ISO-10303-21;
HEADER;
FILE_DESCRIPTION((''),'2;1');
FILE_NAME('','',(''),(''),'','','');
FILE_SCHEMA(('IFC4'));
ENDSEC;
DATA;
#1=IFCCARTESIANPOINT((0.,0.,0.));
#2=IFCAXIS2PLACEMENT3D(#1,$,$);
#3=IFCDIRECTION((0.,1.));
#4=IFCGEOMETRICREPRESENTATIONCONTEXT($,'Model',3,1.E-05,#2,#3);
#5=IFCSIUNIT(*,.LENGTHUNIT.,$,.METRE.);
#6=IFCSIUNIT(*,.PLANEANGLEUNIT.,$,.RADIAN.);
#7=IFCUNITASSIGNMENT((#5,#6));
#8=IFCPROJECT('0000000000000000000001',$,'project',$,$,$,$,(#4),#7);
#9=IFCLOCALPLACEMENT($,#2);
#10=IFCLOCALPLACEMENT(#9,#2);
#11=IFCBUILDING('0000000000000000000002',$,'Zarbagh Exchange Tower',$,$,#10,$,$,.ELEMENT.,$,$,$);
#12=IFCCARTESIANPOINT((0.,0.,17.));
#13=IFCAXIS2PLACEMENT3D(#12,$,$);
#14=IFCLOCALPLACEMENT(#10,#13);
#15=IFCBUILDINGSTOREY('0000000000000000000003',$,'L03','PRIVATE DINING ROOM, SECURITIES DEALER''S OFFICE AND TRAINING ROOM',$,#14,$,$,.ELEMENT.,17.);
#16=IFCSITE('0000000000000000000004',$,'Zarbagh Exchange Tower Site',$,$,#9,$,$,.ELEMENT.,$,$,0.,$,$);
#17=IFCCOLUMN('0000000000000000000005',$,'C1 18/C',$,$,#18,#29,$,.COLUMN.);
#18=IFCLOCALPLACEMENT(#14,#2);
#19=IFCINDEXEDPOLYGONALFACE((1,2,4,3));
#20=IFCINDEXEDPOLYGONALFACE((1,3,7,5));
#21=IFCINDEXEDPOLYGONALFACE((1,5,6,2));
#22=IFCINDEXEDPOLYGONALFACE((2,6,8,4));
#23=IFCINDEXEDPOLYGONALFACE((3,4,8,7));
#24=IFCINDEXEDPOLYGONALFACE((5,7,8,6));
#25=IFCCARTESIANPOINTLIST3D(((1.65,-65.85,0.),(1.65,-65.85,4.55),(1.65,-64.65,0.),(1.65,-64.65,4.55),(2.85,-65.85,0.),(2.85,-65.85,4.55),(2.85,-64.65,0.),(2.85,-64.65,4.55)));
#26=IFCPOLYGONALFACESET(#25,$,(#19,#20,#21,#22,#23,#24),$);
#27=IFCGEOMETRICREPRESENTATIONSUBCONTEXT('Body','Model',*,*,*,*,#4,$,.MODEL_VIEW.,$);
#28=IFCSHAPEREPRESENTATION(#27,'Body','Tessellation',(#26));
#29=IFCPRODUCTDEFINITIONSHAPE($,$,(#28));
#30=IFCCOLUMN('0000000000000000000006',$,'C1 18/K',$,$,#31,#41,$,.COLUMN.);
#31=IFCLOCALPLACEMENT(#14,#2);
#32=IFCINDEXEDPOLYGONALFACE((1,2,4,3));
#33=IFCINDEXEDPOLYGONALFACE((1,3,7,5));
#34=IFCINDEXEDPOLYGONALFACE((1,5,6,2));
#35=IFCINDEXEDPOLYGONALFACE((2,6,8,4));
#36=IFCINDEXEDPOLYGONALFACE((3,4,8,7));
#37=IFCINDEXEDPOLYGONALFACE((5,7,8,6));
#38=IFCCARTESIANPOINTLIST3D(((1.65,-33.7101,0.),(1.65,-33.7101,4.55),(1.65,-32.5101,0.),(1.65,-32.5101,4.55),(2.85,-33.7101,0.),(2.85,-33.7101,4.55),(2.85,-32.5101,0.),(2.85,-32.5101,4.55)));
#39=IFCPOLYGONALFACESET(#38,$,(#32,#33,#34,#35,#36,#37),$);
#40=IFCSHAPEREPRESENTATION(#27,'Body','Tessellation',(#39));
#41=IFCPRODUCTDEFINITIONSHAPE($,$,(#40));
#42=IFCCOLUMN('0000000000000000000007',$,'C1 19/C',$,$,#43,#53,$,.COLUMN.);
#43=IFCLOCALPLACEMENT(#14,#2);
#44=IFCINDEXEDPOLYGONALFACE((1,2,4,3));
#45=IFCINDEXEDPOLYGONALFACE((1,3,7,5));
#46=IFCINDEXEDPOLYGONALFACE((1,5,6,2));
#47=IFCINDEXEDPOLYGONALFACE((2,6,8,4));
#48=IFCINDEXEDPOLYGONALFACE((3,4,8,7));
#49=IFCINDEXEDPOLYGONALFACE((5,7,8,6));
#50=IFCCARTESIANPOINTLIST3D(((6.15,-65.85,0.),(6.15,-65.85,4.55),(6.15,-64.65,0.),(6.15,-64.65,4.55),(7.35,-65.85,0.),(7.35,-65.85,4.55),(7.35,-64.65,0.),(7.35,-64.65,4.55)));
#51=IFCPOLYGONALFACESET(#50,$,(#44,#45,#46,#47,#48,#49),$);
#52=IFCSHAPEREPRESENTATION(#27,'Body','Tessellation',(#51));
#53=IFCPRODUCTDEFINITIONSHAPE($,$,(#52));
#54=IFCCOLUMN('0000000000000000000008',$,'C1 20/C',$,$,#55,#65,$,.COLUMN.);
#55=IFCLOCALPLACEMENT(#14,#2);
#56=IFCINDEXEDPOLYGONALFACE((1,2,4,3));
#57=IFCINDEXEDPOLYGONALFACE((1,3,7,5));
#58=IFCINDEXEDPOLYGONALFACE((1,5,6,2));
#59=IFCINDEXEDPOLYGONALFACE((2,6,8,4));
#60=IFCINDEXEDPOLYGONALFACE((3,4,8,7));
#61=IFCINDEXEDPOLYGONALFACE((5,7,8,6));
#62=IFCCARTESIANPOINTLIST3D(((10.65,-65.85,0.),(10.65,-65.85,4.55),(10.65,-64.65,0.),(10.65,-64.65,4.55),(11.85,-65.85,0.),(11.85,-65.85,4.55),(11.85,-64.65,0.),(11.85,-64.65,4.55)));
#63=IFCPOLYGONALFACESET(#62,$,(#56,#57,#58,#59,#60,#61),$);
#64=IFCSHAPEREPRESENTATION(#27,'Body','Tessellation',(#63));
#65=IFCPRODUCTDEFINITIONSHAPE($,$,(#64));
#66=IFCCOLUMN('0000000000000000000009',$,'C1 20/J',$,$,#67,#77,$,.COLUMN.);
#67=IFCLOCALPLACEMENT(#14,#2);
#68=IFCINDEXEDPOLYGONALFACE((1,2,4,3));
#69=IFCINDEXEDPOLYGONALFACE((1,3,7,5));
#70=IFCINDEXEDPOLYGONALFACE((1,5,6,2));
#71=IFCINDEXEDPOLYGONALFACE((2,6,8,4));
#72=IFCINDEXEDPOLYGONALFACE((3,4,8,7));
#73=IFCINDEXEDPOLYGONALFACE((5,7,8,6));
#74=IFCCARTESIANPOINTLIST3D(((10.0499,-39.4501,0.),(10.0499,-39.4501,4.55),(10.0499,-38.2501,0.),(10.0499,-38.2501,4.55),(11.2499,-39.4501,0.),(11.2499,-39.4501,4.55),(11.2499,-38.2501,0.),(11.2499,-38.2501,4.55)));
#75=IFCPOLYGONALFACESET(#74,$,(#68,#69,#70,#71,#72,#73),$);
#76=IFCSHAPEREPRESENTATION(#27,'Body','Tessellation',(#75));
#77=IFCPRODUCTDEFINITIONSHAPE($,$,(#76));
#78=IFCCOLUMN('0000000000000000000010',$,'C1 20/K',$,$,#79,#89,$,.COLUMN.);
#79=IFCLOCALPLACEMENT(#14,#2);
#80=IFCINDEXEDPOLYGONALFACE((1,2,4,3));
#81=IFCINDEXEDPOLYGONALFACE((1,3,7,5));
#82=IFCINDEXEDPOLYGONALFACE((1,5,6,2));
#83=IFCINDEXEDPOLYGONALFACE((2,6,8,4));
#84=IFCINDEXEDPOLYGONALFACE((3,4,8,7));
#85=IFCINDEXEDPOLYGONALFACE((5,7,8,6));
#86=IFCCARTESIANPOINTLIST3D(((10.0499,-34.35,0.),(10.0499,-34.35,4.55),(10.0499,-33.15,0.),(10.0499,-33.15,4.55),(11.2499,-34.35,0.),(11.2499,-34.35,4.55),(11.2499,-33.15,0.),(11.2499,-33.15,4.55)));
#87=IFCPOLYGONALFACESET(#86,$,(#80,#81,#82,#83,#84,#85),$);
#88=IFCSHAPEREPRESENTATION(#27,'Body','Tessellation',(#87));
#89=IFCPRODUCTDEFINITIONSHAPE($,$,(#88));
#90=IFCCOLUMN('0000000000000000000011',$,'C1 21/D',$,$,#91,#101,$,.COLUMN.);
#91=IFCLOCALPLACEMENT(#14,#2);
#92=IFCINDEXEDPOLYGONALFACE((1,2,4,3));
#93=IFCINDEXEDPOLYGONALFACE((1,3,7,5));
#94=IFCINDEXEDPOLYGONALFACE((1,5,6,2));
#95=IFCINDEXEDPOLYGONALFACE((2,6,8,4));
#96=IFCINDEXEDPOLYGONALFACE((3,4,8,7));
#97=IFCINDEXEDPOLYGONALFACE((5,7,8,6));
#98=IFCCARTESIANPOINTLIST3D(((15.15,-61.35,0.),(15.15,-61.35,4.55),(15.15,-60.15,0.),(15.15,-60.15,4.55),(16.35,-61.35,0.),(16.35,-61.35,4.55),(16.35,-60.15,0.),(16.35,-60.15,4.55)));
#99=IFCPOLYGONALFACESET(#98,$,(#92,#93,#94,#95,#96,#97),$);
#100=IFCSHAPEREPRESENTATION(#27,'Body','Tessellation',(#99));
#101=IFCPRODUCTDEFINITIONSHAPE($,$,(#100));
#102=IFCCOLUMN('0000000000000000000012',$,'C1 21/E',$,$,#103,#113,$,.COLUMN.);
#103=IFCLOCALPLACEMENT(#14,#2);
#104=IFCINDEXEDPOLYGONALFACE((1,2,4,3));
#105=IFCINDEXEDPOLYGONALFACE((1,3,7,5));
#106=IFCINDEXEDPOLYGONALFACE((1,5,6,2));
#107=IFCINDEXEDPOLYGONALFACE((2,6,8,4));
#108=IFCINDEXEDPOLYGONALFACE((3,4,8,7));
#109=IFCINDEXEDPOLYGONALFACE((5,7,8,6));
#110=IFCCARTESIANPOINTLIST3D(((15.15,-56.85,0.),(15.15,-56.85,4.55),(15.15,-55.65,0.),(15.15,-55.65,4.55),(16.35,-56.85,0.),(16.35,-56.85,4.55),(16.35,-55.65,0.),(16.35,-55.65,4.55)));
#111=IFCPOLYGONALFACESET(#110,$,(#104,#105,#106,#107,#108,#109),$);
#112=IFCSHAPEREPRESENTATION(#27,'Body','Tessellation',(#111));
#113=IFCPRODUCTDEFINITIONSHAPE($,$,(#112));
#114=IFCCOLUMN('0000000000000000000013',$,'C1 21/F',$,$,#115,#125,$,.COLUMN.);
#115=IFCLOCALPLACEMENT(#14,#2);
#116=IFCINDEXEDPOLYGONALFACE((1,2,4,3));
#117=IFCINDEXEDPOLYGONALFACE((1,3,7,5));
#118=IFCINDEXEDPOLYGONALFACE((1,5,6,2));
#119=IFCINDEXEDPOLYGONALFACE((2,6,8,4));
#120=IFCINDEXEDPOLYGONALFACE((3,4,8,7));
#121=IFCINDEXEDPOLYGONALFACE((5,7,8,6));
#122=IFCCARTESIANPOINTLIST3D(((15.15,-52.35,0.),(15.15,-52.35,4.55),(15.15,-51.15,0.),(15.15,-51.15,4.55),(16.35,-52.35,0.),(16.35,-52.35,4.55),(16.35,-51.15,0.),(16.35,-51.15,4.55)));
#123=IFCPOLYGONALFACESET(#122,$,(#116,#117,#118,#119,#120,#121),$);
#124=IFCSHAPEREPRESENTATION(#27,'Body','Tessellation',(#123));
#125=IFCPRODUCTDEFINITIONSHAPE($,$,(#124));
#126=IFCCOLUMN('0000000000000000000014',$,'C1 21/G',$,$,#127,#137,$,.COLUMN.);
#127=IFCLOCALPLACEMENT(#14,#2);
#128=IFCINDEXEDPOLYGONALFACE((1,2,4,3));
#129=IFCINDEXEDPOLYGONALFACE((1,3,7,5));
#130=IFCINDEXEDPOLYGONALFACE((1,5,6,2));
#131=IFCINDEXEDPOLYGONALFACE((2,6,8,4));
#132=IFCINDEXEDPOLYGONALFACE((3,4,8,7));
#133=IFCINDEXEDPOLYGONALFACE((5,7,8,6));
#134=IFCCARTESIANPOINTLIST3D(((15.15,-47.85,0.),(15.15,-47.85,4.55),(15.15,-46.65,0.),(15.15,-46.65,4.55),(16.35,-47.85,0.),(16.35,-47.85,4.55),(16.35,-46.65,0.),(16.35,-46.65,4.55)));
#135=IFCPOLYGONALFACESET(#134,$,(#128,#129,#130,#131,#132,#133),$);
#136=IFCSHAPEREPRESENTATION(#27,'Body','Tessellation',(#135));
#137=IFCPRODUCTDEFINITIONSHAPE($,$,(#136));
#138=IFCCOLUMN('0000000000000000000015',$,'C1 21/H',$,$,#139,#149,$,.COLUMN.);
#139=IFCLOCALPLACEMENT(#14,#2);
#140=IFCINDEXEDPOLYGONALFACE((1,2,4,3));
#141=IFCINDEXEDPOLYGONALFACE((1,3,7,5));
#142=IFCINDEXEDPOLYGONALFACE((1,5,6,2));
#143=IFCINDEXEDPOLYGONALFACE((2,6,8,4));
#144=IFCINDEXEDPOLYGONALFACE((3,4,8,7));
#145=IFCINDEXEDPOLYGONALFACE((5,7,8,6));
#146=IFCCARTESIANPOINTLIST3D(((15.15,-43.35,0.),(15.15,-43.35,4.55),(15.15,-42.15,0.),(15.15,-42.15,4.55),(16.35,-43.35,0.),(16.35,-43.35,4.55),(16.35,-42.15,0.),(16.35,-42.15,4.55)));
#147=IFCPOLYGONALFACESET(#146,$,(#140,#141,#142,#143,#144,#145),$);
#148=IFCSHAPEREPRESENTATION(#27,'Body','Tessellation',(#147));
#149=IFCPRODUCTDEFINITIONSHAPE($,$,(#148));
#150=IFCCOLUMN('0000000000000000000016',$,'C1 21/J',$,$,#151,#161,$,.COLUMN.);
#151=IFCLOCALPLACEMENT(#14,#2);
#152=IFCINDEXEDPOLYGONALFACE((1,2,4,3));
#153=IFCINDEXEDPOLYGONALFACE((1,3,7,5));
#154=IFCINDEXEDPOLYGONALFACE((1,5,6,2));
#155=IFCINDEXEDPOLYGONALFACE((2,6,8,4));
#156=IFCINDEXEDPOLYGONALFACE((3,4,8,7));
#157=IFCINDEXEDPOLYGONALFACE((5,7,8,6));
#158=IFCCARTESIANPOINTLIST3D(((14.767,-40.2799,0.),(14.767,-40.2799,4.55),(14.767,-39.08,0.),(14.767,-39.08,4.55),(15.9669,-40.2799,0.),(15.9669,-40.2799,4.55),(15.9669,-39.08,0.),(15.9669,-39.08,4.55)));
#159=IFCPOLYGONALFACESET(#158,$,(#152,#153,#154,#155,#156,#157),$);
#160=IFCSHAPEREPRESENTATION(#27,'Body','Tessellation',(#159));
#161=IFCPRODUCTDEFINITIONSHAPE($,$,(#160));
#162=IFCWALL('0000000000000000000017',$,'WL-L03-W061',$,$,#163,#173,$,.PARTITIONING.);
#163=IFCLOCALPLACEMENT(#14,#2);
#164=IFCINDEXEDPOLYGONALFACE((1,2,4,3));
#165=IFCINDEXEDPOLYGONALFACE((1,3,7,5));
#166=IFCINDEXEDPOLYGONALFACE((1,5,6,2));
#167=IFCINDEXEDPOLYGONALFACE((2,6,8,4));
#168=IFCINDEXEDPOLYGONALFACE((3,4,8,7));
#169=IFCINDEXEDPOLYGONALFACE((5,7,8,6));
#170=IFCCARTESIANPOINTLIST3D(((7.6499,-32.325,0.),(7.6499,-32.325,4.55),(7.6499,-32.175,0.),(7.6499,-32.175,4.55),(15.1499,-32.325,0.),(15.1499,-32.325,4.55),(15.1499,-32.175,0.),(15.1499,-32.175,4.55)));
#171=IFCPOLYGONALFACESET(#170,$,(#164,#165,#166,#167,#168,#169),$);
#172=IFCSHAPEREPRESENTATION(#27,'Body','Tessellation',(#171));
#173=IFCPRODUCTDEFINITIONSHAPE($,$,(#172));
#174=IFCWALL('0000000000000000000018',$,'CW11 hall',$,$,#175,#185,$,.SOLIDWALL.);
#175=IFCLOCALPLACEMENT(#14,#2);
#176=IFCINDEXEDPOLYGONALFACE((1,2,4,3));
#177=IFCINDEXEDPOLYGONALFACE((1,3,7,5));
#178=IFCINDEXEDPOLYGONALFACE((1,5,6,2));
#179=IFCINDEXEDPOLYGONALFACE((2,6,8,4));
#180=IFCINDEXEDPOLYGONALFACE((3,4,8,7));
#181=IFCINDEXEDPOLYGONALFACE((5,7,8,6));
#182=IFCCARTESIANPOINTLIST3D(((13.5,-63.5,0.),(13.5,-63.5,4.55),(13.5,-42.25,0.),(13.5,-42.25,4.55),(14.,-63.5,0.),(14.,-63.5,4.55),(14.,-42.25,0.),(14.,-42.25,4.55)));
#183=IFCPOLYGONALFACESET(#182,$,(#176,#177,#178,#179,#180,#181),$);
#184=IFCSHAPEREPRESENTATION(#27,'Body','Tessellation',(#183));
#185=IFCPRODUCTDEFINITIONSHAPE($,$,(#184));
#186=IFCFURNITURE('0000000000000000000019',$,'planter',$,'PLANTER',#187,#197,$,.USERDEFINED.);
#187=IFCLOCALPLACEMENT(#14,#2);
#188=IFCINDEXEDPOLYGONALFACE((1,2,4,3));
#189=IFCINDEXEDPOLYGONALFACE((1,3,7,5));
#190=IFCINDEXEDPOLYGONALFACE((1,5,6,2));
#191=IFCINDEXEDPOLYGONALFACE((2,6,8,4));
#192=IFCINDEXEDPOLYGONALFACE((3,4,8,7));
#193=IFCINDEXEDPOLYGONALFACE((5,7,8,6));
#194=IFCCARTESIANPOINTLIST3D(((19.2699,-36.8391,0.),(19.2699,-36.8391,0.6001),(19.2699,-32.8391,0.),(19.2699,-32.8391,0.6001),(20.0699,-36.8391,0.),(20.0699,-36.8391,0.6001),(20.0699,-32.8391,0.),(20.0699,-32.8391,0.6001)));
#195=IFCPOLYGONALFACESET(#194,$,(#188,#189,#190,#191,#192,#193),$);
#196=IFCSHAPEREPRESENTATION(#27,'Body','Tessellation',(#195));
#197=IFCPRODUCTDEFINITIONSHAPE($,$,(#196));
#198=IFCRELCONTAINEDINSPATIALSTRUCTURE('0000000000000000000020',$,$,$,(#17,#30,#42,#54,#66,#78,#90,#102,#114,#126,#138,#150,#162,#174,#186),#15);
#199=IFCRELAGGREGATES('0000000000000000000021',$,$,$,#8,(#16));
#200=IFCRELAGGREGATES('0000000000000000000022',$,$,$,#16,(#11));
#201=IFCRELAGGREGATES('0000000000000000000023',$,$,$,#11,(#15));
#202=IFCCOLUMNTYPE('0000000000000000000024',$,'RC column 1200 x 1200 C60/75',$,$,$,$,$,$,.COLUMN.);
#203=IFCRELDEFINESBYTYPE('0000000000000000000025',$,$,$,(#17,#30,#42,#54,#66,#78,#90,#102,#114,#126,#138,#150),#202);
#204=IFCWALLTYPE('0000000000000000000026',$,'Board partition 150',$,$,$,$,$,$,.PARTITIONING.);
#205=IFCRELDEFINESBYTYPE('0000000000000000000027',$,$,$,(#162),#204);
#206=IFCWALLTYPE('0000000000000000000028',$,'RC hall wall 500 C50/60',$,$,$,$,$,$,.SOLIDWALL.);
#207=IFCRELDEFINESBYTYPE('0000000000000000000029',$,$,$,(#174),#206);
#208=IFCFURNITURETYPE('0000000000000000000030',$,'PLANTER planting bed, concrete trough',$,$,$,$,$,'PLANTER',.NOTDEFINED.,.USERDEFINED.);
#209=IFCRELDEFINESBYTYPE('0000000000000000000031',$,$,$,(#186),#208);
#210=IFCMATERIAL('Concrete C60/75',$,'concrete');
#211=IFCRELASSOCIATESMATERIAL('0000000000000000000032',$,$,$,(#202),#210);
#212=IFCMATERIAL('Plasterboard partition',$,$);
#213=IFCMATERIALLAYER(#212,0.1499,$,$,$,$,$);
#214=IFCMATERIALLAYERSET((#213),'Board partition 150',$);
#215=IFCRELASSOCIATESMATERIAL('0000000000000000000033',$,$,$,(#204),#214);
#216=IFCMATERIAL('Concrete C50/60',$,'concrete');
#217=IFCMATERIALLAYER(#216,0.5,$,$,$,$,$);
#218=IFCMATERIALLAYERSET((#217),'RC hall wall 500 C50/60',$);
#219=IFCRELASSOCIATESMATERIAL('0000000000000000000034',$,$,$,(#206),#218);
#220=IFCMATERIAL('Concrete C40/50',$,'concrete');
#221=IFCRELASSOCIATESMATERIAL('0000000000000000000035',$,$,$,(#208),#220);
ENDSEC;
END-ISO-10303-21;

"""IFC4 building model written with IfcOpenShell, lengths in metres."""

from ifc_helpers import new_model, si_unit, direction, frame, frame_2d, origin, origin_2d, place, context, subcontext, project, spatial, rectangle, extrude, material, layer, layer_set, material_profile, profile_set, type_object, element, save


model = new_model("IFC4")

# Units and contexts
model_context = context("Model", 3, precision=1e-05, world=origin(), true_north=direction((0.0, 1.0)))
body_context = subcontext(model_context, "Body", "Model", "MODEL_VIEW")
ifc_project = project(units=[si_unit("LENGTHUNIT", "METRE"), si_unit("PLANEANGLEUNIT", "RADIAN")], contexts=[model_context])

# Site, building, storey
site_placement = place(None, origin())
site = spatial("IfcSite", under=ifc_project, at=site_placement, Name="Zarbagh Exchange Tower Site", CompositionType="ELEMENT", RefElevation=0.0)
building_placement = place(site_placement, origin())
building = spatial("IfcBuilding", under=site, at=building_placement, Name="Zarbagh Exchange Tower", CompositionType="ELEMENT")
storey_placement = place(building_placement, frame((0.0, 0.0, 17.0)))
storey = spatial("IfcBuildingStorey", under=building, at=storey_placement, Name="L03", Description="PRIVATE DINING ROOM, SECURITIES DEALER'S OFFICE AND TRAINING ROOM", CompositionType="ELEMENT", Elevation=17.0)

# Columns
ifc_material_1 = material(Name="Concrete C60/75", Category="concrete")
ifc_material_profile = material_profile(ifc_material_1, rectangle(XDim=1.2, YDim=1.2, at=origin_2d()), Name="RC column 1200 x 1200 C60/75")
ifc_profile_set = profile_set([ifc_material_profile], Name="Concrete C60/75")
column_type = type_object("IfcColumnType", Name="RC column 1200 x 1200 C60/75", PredefinedType="COLUMN", material=ifc_profile_set)
for number, where, z_axis, x_axis, name in (
    (1, (2.25, -65.25, 0.0), (0.0, 0.0, 1.0), (1.0, 0.0, 0.0), "C1 18/C"),
    (2, (2.25, -33.1101, 0.0), (0.0, 0.0, 1.0), (1.0, 0.0, 0.0), "C1 18/K"),
    (3, (6.75, -65.25, 0.0), (0.0, 0.0, 1.0), (1.0, 0.0, 0.0), "C1 19/C"),
    (4, (11.25, -65.25, 0.0), (0.0, 0.0, 1.0), (1.0, 0.0, 0.0), "C1 20/C"),
    (5, (10.6499, -38.8501, 0.0), (0.0, 0.0, 1.0), (1.0, 0.0, 0.0), "C1 20/J"),
    (6, (10.6499, -33.75, 0.0), (0.0, 0.0, 1.0), (1.0, 0.0, 0.0), "C1 20/K"),
    (7, (15.75, -60.75, 0.0), (0.0, 0.0, 1.0), (1.0, 0.0, 0.0), "C1 21/D"),
    (8, (15.75, -56.25, 0.0), (0.0, 0.0, 1.0), (1.0, 0.0, 0.0), "C1 21/E"),
    (9, (15.75, -51.75, 0.0), (0.0, 0.0, 1.0), (1.0, 0.0, 0.0), "C1 21/F"),
    (10, (15.75, -47.25, 0.0), (0.0, 0.0, 1.0), (1.0, 0.0, 0.0), "C1 21/G"),
    (11, (15.75, -42.75, 0.0), (0.0, 0.0, 1.0), (1.0, 0.0, 0.0), "C1 21/H"),
    (12, (15.3669, -39.6799, 0.0), (0.0, 0.0, 1.0), (1.0, 0.0, 0.0), "C1 21/J"),
):
    element("IfcColumn", number, at=place(storey_placement, frame(where, z_axis=z_axis, x_axis=x_axis)), inside=storey, type_object=column_type, Name=name, PredefinedType="COLUMN", context=body_context, shape_type="SweptSolid", body=[
        extrude(rectangle(XDim=1.2, YDim=1.2, at=origin_2d()), origin(), (0.0, 0.0, 1.0), 4.55),
    ])

# Walls
ifc_material_2 = material(Name="Plasterboard partition")
ifc_layer_1 = layer(ifc_material_2, 0.1499)
ifc_layer_set_1 = layer_set([ifc_layer_1], Name="Board partition 150")
wall_type_1 = type_object("IfcWallType", Name="Board partition 150", PredefinedType="PARTITIONING", material=ifc_layer_set_1)
wall_1_placement = place(storey_placement, frame((15.1499, -32.25, 0.0), z_axis=(0.0, 0.0, 1.0), x_axis=(-1.0, 0.0, 0.0)))
element("IfcWall", 13, at=wall_1_placement, inside=storey, type_object=wall_type_1, Name="WL-L03-W061", PredefinedType="PARTITIONING", context=body_context, shape_type="SweptSolid", body=[
    extrude(rectangle(XDim=7.5, YDim=0.1499, at=frame_2d((3.75, 0.0))), origin(), (0.0, 0.0, 1.0), 4.55),
])
ifc_material_3 = material(Name="Concrete C50/60", Category="concrete")
ifc_layer_2 = layer(ifc_material_3, 0.5)
ifc_layer_set_2 = layer_set([ifc_layer_2], Name="RC hall wall 500 C50/60")
wall_type_2 = type_object("IfcWallType", Name="RC hall wall 500 C50/60", PredefinedType="SOLIDWALL", material=ifc_layer_set_2)
wall_2_placement = place(storey_placement, frame((13.75, -63.5, 0.0), z_axis=(0.0, 0.0, 1.0), x_axis=(0.0, 1.0, 0.0)))
element("IfcWall", 14, at=wall_2_placement, inside=storey, type_object=wall_type_2, Name="CW11 hall", PredefinedType="SOLIDWALL", context=body_context, shape_type="SweptSolid", body=[
    extrude(rectangle(XDim=21.25, YDim=0.5, at=frame_2d((10.625, 0.0))), origin(), (0.0, 0.0, 1.0), 4.55),
])

# Furniture
ifc_material_4 = material(Name="Concrete C40/50", Category="concrete")
furniture_type = type_object("IfcFurnitureType", Name="PLANTER planting bed, concrete trough", ElementType="PLANTER", AssemblyPlace="NOTDEFINED", PredefinedType="USERDEFINED", material=ifc_material_4)
furniture_placement = place(storey_placement, frame((19.6699, -34.8391, 0.0), z_axis=(0.0, 0.0, 1.0), x_axis=(0.0, -1.0, 0.0)))
element("IfcFurniture", 15, at=furniture_placement, inside=storey, type_object=furniture_type, Name="planter", ObjectType="PLANTER", PredefinedType="USERDEFINED", context=body_context, shape_type="SweptSolid", body=[
    extrude(rectangle(XDim=4.0, YDim=0.8, at=origin_2d()), origin(), (0.0, 0.0, 1.0), 0.6001),
])

save(model, "model.ifc")
